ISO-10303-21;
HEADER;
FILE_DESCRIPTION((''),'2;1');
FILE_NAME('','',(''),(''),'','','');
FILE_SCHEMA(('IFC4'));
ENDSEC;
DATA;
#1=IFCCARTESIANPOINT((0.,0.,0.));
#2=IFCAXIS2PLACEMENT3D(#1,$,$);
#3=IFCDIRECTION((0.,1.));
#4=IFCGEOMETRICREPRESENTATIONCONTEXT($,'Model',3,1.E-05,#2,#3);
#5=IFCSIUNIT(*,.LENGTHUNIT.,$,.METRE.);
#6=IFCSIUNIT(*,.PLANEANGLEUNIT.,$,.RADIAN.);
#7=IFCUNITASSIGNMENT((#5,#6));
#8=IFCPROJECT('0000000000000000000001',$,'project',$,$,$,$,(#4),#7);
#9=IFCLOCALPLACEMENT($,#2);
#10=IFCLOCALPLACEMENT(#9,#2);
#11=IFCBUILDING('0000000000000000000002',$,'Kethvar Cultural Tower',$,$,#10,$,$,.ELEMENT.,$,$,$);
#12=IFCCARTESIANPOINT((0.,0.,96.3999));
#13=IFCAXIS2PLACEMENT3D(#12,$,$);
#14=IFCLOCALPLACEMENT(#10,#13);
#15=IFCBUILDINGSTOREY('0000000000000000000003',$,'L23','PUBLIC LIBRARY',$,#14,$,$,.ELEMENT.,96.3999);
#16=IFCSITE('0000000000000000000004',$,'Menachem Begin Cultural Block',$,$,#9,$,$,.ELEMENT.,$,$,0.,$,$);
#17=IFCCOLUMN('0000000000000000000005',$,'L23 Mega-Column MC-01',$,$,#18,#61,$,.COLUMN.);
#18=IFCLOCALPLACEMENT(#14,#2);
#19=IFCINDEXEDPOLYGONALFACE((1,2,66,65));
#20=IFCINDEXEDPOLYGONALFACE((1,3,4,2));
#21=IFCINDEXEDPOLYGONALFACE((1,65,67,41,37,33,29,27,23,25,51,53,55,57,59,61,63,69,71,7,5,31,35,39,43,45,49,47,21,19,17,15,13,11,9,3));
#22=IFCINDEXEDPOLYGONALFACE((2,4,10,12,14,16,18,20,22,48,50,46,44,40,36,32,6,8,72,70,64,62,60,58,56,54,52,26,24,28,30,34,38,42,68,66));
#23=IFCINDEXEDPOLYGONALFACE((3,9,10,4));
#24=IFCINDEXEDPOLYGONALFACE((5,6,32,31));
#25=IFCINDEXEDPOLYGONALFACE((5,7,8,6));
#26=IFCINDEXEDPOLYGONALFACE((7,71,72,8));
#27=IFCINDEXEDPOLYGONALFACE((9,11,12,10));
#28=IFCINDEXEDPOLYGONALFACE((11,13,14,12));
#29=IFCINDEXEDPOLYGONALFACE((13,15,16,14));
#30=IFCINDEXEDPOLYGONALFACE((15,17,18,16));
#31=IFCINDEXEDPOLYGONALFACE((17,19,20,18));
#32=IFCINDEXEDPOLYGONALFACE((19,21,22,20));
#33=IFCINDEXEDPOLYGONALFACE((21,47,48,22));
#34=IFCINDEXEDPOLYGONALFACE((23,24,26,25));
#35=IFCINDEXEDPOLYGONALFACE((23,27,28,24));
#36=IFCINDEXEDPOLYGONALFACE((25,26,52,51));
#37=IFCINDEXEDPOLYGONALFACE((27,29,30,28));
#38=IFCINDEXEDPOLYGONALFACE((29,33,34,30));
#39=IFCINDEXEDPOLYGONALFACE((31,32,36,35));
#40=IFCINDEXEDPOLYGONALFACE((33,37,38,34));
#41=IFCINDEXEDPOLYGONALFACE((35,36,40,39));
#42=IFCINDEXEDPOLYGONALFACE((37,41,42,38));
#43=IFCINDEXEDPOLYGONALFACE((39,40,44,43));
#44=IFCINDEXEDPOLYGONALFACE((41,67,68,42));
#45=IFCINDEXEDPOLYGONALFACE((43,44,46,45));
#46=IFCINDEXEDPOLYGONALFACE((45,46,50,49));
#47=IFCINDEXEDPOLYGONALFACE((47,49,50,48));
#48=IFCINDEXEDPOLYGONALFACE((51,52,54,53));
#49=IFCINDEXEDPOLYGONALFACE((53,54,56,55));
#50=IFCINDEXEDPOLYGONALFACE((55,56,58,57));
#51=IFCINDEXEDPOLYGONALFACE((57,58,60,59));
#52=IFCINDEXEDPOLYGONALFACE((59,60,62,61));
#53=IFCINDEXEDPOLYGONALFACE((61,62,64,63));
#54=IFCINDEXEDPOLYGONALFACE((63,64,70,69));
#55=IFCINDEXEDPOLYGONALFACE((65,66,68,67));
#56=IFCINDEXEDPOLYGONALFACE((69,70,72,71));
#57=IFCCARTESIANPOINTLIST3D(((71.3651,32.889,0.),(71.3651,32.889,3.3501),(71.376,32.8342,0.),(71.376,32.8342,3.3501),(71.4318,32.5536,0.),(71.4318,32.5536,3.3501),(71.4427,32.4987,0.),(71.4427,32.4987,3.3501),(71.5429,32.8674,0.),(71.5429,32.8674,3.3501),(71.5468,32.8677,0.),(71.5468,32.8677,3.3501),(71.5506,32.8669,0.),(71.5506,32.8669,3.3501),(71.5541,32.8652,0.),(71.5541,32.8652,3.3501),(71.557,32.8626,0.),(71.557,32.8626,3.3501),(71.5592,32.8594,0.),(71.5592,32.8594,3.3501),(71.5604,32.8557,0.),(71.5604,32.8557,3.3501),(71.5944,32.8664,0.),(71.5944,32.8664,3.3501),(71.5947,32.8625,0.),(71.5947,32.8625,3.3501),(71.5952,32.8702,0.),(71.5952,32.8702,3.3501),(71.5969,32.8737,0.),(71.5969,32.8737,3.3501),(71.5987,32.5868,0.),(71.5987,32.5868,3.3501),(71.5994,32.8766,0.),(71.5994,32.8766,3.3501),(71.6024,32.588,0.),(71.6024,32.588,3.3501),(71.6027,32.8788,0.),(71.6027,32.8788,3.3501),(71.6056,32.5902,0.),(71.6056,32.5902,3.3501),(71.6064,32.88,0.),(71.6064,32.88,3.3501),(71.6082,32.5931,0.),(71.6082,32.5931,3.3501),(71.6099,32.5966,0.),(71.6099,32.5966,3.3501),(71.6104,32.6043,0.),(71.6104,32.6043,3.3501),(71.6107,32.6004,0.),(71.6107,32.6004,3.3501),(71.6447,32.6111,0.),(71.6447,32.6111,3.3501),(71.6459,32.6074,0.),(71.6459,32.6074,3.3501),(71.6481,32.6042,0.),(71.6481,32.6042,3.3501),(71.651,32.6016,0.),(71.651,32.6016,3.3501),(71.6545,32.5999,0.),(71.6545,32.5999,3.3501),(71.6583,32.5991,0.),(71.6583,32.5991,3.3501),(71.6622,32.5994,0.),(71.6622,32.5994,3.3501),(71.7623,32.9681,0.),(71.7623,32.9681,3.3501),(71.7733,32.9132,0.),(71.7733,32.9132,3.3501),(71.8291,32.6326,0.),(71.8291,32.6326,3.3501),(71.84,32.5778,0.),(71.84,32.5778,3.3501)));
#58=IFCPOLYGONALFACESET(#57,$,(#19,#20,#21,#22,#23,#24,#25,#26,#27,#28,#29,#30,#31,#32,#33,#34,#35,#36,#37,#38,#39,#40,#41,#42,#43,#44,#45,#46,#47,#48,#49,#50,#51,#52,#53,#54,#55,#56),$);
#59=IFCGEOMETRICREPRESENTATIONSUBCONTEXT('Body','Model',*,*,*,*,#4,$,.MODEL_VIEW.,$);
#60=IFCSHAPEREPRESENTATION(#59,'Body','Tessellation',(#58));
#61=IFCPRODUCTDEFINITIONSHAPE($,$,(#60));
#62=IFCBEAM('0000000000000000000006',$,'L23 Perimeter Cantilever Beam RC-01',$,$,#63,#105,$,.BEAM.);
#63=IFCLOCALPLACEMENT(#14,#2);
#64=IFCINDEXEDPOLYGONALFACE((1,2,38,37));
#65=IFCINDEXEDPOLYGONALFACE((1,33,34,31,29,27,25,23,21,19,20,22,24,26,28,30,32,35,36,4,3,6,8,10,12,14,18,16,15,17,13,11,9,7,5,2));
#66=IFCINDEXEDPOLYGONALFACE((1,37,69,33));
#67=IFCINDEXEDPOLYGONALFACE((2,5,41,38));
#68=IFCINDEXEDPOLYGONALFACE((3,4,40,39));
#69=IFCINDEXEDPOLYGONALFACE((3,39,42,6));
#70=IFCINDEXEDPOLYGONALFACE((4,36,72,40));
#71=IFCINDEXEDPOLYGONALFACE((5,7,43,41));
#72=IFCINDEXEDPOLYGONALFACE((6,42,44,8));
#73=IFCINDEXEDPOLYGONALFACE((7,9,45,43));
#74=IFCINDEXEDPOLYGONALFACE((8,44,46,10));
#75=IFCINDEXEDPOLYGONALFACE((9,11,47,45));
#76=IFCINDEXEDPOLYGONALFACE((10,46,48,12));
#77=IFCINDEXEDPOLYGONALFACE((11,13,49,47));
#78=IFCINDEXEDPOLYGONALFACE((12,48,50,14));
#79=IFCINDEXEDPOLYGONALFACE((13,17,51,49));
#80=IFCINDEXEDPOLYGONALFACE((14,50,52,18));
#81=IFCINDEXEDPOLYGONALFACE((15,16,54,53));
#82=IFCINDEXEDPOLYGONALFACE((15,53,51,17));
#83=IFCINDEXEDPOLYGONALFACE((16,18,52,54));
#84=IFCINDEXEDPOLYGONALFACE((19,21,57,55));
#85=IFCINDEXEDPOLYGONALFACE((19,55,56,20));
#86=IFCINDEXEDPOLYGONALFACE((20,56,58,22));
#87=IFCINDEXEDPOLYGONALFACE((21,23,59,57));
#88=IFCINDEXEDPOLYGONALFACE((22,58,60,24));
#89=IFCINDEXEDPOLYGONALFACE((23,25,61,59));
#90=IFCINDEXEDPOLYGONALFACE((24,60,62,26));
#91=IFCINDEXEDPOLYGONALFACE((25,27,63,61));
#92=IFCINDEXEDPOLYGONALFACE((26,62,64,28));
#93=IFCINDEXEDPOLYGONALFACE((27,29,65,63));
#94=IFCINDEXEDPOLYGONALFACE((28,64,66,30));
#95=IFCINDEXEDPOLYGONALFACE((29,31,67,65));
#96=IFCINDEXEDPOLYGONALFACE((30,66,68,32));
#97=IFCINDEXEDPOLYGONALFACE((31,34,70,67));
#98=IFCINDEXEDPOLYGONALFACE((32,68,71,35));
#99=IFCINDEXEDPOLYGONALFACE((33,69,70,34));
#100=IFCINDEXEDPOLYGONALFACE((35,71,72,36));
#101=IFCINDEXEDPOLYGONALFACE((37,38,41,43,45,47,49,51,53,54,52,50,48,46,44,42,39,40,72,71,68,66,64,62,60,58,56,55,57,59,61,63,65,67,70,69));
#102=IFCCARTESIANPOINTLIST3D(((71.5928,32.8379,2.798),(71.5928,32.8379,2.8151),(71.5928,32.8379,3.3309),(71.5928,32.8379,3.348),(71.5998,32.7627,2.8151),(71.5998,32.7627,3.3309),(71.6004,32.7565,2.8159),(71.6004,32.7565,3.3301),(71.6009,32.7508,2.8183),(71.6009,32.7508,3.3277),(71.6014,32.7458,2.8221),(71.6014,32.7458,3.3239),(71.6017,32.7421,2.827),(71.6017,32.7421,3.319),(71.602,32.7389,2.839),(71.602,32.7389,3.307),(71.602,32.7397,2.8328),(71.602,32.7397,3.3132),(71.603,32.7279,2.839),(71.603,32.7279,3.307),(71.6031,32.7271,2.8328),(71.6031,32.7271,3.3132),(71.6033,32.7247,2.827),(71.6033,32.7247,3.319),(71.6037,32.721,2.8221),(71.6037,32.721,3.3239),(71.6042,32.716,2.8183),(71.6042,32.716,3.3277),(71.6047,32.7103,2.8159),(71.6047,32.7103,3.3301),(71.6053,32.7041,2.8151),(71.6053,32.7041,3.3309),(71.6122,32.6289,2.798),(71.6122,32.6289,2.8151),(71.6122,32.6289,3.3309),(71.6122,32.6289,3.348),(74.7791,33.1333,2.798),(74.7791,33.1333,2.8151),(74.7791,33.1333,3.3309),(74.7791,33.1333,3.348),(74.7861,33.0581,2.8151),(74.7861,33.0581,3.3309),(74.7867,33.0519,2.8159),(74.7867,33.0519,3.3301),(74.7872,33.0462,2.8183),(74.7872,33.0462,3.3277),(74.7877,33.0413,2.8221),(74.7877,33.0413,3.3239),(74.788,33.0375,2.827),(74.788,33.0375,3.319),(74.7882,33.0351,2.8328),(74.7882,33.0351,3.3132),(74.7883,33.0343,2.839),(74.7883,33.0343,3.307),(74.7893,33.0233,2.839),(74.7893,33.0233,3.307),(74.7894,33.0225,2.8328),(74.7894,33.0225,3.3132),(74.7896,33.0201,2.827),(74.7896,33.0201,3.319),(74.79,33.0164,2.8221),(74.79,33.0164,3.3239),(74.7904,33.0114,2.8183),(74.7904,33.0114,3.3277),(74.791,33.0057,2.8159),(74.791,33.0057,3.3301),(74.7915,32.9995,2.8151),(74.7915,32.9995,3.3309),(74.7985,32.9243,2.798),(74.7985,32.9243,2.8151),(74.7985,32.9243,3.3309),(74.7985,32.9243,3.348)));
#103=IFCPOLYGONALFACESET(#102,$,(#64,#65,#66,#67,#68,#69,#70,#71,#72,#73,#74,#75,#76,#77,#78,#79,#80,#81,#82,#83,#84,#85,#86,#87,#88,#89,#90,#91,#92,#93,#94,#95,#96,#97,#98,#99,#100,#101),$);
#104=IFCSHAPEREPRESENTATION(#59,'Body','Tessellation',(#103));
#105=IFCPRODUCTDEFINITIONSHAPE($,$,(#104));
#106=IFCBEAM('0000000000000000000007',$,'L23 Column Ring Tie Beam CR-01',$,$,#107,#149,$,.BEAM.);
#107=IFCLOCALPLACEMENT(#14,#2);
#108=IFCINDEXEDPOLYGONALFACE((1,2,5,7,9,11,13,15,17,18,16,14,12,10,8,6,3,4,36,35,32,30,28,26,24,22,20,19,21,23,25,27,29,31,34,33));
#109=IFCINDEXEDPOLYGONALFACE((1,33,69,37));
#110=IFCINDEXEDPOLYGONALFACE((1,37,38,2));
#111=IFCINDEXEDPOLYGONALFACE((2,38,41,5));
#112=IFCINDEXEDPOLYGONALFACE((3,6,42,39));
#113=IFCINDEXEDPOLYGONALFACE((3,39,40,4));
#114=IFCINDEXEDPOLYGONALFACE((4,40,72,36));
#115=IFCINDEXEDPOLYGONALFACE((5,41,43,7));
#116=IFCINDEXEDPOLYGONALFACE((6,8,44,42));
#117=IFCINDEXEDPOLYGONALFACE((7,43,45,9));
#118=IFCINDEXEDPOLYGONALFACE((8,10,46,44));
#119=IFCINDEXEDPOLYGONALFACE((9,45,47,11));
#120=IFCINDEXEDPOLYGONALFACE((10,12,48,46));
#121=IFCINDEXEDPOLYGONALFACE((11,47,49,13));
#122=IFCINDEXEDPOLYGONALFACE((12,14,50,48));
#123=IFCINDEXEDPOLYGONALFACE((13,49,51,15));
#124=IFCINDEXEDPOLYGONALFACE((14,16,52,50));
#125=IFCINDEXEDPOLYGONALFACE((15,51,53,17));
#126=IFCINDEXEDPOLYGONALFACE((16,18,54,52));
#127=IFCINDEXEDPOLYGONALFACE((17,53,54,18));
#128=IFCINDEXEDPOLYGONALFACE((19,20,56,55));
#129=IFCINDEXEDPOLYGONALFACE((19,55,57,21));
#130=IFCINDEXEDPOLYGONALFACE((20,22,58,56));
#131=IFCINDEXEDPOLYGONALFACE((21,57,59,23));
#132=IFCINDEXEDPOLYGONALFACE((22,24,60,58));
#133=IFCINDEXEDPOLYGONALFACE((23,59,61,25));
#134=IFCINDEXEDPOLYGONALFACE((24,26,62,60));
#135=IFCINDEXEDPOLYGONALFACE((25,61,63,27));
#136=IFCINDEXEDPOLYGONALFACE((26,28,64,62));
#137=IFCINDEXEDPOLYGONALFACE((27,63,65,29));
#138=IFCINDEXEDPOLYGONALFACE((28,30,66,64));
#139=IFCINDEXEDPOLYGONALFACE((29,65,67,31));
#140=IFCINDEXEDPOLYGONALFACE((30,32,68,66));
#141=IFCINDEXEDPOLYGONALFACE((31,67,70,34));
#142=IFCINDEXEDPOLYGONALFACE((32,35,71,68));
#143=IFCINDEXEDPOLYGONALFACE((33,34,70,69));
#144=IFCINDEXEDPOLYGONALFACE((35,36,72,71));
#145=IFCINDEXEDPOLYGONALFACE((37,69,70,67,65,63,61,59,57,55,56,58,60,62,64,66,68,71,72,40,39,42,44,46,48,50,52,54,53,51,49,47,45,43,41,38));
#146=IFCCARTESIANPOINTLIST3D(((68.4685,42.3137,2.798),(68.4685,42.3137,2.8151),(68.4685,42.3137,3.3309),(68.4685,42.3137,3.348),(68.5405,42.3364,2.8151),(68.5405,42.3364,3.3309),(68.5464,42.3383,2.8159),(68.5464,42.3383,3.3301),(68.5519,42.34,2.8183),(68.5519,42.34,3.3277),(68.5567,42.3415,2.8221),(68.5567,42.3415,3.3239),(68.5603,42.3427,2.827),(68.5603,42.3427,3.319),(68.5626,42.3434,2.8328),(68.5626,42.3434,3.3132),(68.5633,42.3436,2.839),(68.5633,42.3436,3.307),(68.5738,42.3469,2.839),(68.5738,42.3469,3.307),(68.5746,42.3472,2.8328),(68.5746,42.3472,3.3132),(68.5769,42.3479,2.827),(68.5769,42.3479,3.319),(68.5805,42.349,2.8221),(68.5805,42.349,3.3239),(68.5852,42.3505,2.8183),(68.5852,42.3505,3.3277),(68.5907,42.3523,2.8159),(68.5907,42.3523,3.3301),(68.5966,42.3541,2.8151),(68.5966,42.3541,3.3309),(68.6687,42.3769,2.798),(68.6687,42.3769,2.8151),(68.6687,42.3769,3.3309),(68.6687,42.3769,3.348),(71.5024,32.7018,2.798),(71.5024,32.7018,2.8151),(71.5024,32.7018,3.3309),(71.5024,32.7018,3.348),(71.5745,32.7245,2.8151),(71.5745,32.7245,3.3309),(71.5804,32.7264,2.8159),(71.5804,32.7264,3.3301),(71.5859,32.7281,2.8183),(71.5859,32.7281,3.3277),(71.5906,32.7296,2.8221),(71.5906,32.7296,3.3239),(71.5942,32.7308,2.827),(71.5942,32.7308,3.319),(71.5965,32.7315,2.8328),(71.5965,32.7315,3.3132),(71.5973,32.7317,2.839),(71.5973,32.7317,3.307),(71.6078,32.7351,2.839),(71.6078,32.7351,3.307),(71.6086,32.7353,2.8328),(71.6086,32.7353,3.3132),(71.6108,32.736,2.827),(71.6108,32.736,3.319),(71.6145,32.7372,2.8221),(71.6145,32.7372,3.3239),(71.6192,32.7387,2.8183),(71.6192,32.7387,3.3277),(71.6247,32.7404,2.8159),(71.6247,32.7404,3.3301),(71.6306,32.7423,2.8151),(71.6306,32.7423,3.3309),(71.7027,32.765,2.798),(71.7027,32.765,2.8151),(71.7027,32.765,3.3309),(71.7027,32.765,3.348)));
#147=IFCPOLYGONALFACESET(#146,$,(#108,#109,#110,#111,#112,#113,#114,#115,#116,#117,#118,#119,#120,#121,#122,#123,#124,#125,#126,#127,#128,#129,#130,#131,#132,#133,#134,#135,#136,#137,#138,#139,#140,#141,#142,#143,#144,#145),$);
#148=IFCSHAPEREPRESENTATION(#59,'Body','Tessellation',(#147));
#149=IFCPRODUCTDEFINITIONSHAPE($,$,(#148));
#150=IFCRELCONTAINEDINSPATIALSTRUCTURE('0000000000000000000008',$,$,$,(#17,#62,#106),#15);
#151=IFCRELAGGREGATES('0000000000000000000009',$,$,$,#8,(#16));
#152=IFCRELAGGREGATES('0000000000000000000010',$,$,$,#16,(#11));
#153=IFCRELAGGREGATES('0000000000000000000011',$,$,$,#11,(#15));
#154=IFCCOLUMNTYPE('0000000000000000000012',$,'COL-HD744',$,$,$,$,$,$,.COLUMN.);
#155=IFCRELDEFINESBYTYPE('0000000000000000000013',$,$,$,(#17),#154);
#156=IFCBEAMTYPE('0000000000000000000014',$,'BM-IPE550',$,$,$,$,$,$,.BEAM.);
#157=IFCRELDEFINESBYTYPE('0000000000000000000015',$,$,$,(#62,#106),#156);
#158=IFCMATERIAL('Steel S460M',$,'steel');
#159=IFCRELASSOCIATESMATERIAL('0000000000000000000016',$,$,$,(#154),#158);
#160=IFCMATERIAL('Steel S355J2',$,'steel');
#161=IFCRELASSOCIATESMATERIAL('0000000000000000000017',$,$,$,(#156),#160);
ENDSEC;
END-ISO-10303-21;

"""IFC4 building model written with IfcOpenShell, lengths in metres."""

from ifc_helpers import new_model, si_unit, direction, frame, origin, origin_2d, place, context, subcontext, project, spatial, i_section, extrude, source, transform, mapped, material, material_profile, profile_set, type_object, element, save


model = new_model("IFC4")

# Units and contexts
model_context = context("Model", 3, precision=1e-05, world=origin(), true_north=direction((0.0, 1.0)))
body_context = subcontext(model_context, "Body", "Model", "MODEL_VIEW")
ifc_project = project(units=[si_unit("LENGTHUNIT", "METRE"), si_unit("PLANEANGLEUNIT", "RADIAN")], contexts=[model_context])

# Site, building, storey
site_placement = place(None, origin())
site = spatial("IfcSite", under=ifc_project, at=site_placement, Name="Menachem Begin Cultural Block", CompositionType="ELEMENT", RefElevation=0.0)
building_placement = place(site_placement, origin())
building = spatial("IfcBuilding", under=site, at=building_placement, Name="Kethvar Cultural Tower", CompositionType="ELEMENT")
storey_placement = place(building_placement, frame((0.0, 0.0, 96.3999)))
storey = spatial("IfcBuildingStorey", under=building, at=storey_placement, Name="L23", Description="PUBLIC LIBRARY", CompositionType="ELEMENT", Elevation=96.3999)

# Column
ifc_material_1 = material(Name="Steel S460M", Category="steel")
ifc_material_profile_1 = material_profile(ifc_material_1, i_section(OverallWidth=0.405, OverallDepth=0.3979, WebThickness=0.0349, FlangeThickness=0.0559, FilletRadius=0.0149, at=origin_2d()), Name="Steel S460M — HD400x744")
ifc_profile_set_1 = profile_set([ifc_material_profile_1], Name="Steel S460M — HD400x744")
column_type = type_object("IfcColumnType", Name="COL-HD744", PredefinedType="COLUMN", material=ifc_profile_set_1)
shared_shape_1 = source(origin(), body_context, "Body", "SweptSolid", [
    extrude(i_section(OverallWidth=0.405, OverallDepth=0.3979, WebThickness=0.0349, FlangeThickness=0.0559, FilletRadius=0.0149, at=origin_2d()), origin(), (0.0, 0.0, 1.0), 3.3501),
])
column_placement = place(storey_placement, frame((71.6025, 32.7334, 0.0), z_axis=(0.0, 0.0, 1.0), x_axis=(0.980785, 0.19509, 0.0)))
element("IfcColumn", 1, at=column_placement, inside=storey, type_object=column_type, Name="L23 Mega-Column MC-01", PredefinedType="COLUMN", context=body_context, shape_type="MappedRepresentation", body=[
    mapped(shared_shape_1, transform((0.0, 0.0, 0.0), scale=1.0)),
])

# Beams
ifc_material_2 = material(Name="Steel S355J2", Category="steel")
ifc_material_profile_2 = material_profile(ifc_material_2, i_section(OverallWidth=0.21, OverallDepth=0.55, WebThickness=0.011, FlangeThickness=0.0171, FilletRadius=0.0239, at=origin_2d()), Name="Steel S355J2 — IPE550")
ifc_profile_set_2 = profile_set([ifc_material_profile_2], Name="Steel S355J2 — IPE550")
beam_type_1 = type_object("IfcBeamType", Name="BM-IPE550", PredefinedType="BEAM", material=ifc_profile_set_2)
shared_shape_2 = source(origin(), body_context, "Body", "SweptSolid", [
    extrude(i_section(OverallWidth=0.21, OverallDepth=0.55, WebThickness=0.011, FlangeThickness=0.0171, FilletRadius=0.0239, at=origin_2d()), origin(), (0.0, 0.0, 1.0), 3.2),
])
beam_1_placement = place(storey_placement, frame((71.6025, 32.7334, 3.073), z_axis=(0.99573, 0.092317, 0.0), x_axis=(-0.092317, 0.99573, 0.0)))
element("IfcBeam", 2, at=beam_1_placement, inside=storey, type_object=beam_type_1, Name="L23 Perimeter Cantilever Beam RC-01", PredefinedType="BEAM", context=body_context, shape_type="MappedRepresentation", body=[
    mapped(shared_shape_2, transform((0.0, 0.0, 0.0), scale=1.0)),
])
shared_shape_3 = source(origin(), body_context, "Body", "SweptSolid", [
    extrude(i_section(OverallWidth=0.21, OverallDepth=0.55, WebThickness=0.011, FlangeThickness=0.0171, FilletRadius=0.0239, at=origin_2d()), origin(), (0.0, 0.0, 1.0), 10.0793),
])
beam_2_placement = place(storey_placement, frame((71.6025, 32.7334, 3.073), z_axis=(-0.301007, 0.953622, 0.0), x_axis=(-0.953622, -0.301007, 0.0)))
element("IfcBeam", 3, at=beam_2_placement, inside=storey, type_object=beam_type_1, Name="L23 Column Ring Tie Beam CR-01", PredefinedType="BEAM", context=body_context, shape_type="MappedRepresentation", body=[
    mapped(shared_shape_3, transform((0.0, 0.0, 0.0), scale=1.0)),
])

save(model, "model.ifc")
